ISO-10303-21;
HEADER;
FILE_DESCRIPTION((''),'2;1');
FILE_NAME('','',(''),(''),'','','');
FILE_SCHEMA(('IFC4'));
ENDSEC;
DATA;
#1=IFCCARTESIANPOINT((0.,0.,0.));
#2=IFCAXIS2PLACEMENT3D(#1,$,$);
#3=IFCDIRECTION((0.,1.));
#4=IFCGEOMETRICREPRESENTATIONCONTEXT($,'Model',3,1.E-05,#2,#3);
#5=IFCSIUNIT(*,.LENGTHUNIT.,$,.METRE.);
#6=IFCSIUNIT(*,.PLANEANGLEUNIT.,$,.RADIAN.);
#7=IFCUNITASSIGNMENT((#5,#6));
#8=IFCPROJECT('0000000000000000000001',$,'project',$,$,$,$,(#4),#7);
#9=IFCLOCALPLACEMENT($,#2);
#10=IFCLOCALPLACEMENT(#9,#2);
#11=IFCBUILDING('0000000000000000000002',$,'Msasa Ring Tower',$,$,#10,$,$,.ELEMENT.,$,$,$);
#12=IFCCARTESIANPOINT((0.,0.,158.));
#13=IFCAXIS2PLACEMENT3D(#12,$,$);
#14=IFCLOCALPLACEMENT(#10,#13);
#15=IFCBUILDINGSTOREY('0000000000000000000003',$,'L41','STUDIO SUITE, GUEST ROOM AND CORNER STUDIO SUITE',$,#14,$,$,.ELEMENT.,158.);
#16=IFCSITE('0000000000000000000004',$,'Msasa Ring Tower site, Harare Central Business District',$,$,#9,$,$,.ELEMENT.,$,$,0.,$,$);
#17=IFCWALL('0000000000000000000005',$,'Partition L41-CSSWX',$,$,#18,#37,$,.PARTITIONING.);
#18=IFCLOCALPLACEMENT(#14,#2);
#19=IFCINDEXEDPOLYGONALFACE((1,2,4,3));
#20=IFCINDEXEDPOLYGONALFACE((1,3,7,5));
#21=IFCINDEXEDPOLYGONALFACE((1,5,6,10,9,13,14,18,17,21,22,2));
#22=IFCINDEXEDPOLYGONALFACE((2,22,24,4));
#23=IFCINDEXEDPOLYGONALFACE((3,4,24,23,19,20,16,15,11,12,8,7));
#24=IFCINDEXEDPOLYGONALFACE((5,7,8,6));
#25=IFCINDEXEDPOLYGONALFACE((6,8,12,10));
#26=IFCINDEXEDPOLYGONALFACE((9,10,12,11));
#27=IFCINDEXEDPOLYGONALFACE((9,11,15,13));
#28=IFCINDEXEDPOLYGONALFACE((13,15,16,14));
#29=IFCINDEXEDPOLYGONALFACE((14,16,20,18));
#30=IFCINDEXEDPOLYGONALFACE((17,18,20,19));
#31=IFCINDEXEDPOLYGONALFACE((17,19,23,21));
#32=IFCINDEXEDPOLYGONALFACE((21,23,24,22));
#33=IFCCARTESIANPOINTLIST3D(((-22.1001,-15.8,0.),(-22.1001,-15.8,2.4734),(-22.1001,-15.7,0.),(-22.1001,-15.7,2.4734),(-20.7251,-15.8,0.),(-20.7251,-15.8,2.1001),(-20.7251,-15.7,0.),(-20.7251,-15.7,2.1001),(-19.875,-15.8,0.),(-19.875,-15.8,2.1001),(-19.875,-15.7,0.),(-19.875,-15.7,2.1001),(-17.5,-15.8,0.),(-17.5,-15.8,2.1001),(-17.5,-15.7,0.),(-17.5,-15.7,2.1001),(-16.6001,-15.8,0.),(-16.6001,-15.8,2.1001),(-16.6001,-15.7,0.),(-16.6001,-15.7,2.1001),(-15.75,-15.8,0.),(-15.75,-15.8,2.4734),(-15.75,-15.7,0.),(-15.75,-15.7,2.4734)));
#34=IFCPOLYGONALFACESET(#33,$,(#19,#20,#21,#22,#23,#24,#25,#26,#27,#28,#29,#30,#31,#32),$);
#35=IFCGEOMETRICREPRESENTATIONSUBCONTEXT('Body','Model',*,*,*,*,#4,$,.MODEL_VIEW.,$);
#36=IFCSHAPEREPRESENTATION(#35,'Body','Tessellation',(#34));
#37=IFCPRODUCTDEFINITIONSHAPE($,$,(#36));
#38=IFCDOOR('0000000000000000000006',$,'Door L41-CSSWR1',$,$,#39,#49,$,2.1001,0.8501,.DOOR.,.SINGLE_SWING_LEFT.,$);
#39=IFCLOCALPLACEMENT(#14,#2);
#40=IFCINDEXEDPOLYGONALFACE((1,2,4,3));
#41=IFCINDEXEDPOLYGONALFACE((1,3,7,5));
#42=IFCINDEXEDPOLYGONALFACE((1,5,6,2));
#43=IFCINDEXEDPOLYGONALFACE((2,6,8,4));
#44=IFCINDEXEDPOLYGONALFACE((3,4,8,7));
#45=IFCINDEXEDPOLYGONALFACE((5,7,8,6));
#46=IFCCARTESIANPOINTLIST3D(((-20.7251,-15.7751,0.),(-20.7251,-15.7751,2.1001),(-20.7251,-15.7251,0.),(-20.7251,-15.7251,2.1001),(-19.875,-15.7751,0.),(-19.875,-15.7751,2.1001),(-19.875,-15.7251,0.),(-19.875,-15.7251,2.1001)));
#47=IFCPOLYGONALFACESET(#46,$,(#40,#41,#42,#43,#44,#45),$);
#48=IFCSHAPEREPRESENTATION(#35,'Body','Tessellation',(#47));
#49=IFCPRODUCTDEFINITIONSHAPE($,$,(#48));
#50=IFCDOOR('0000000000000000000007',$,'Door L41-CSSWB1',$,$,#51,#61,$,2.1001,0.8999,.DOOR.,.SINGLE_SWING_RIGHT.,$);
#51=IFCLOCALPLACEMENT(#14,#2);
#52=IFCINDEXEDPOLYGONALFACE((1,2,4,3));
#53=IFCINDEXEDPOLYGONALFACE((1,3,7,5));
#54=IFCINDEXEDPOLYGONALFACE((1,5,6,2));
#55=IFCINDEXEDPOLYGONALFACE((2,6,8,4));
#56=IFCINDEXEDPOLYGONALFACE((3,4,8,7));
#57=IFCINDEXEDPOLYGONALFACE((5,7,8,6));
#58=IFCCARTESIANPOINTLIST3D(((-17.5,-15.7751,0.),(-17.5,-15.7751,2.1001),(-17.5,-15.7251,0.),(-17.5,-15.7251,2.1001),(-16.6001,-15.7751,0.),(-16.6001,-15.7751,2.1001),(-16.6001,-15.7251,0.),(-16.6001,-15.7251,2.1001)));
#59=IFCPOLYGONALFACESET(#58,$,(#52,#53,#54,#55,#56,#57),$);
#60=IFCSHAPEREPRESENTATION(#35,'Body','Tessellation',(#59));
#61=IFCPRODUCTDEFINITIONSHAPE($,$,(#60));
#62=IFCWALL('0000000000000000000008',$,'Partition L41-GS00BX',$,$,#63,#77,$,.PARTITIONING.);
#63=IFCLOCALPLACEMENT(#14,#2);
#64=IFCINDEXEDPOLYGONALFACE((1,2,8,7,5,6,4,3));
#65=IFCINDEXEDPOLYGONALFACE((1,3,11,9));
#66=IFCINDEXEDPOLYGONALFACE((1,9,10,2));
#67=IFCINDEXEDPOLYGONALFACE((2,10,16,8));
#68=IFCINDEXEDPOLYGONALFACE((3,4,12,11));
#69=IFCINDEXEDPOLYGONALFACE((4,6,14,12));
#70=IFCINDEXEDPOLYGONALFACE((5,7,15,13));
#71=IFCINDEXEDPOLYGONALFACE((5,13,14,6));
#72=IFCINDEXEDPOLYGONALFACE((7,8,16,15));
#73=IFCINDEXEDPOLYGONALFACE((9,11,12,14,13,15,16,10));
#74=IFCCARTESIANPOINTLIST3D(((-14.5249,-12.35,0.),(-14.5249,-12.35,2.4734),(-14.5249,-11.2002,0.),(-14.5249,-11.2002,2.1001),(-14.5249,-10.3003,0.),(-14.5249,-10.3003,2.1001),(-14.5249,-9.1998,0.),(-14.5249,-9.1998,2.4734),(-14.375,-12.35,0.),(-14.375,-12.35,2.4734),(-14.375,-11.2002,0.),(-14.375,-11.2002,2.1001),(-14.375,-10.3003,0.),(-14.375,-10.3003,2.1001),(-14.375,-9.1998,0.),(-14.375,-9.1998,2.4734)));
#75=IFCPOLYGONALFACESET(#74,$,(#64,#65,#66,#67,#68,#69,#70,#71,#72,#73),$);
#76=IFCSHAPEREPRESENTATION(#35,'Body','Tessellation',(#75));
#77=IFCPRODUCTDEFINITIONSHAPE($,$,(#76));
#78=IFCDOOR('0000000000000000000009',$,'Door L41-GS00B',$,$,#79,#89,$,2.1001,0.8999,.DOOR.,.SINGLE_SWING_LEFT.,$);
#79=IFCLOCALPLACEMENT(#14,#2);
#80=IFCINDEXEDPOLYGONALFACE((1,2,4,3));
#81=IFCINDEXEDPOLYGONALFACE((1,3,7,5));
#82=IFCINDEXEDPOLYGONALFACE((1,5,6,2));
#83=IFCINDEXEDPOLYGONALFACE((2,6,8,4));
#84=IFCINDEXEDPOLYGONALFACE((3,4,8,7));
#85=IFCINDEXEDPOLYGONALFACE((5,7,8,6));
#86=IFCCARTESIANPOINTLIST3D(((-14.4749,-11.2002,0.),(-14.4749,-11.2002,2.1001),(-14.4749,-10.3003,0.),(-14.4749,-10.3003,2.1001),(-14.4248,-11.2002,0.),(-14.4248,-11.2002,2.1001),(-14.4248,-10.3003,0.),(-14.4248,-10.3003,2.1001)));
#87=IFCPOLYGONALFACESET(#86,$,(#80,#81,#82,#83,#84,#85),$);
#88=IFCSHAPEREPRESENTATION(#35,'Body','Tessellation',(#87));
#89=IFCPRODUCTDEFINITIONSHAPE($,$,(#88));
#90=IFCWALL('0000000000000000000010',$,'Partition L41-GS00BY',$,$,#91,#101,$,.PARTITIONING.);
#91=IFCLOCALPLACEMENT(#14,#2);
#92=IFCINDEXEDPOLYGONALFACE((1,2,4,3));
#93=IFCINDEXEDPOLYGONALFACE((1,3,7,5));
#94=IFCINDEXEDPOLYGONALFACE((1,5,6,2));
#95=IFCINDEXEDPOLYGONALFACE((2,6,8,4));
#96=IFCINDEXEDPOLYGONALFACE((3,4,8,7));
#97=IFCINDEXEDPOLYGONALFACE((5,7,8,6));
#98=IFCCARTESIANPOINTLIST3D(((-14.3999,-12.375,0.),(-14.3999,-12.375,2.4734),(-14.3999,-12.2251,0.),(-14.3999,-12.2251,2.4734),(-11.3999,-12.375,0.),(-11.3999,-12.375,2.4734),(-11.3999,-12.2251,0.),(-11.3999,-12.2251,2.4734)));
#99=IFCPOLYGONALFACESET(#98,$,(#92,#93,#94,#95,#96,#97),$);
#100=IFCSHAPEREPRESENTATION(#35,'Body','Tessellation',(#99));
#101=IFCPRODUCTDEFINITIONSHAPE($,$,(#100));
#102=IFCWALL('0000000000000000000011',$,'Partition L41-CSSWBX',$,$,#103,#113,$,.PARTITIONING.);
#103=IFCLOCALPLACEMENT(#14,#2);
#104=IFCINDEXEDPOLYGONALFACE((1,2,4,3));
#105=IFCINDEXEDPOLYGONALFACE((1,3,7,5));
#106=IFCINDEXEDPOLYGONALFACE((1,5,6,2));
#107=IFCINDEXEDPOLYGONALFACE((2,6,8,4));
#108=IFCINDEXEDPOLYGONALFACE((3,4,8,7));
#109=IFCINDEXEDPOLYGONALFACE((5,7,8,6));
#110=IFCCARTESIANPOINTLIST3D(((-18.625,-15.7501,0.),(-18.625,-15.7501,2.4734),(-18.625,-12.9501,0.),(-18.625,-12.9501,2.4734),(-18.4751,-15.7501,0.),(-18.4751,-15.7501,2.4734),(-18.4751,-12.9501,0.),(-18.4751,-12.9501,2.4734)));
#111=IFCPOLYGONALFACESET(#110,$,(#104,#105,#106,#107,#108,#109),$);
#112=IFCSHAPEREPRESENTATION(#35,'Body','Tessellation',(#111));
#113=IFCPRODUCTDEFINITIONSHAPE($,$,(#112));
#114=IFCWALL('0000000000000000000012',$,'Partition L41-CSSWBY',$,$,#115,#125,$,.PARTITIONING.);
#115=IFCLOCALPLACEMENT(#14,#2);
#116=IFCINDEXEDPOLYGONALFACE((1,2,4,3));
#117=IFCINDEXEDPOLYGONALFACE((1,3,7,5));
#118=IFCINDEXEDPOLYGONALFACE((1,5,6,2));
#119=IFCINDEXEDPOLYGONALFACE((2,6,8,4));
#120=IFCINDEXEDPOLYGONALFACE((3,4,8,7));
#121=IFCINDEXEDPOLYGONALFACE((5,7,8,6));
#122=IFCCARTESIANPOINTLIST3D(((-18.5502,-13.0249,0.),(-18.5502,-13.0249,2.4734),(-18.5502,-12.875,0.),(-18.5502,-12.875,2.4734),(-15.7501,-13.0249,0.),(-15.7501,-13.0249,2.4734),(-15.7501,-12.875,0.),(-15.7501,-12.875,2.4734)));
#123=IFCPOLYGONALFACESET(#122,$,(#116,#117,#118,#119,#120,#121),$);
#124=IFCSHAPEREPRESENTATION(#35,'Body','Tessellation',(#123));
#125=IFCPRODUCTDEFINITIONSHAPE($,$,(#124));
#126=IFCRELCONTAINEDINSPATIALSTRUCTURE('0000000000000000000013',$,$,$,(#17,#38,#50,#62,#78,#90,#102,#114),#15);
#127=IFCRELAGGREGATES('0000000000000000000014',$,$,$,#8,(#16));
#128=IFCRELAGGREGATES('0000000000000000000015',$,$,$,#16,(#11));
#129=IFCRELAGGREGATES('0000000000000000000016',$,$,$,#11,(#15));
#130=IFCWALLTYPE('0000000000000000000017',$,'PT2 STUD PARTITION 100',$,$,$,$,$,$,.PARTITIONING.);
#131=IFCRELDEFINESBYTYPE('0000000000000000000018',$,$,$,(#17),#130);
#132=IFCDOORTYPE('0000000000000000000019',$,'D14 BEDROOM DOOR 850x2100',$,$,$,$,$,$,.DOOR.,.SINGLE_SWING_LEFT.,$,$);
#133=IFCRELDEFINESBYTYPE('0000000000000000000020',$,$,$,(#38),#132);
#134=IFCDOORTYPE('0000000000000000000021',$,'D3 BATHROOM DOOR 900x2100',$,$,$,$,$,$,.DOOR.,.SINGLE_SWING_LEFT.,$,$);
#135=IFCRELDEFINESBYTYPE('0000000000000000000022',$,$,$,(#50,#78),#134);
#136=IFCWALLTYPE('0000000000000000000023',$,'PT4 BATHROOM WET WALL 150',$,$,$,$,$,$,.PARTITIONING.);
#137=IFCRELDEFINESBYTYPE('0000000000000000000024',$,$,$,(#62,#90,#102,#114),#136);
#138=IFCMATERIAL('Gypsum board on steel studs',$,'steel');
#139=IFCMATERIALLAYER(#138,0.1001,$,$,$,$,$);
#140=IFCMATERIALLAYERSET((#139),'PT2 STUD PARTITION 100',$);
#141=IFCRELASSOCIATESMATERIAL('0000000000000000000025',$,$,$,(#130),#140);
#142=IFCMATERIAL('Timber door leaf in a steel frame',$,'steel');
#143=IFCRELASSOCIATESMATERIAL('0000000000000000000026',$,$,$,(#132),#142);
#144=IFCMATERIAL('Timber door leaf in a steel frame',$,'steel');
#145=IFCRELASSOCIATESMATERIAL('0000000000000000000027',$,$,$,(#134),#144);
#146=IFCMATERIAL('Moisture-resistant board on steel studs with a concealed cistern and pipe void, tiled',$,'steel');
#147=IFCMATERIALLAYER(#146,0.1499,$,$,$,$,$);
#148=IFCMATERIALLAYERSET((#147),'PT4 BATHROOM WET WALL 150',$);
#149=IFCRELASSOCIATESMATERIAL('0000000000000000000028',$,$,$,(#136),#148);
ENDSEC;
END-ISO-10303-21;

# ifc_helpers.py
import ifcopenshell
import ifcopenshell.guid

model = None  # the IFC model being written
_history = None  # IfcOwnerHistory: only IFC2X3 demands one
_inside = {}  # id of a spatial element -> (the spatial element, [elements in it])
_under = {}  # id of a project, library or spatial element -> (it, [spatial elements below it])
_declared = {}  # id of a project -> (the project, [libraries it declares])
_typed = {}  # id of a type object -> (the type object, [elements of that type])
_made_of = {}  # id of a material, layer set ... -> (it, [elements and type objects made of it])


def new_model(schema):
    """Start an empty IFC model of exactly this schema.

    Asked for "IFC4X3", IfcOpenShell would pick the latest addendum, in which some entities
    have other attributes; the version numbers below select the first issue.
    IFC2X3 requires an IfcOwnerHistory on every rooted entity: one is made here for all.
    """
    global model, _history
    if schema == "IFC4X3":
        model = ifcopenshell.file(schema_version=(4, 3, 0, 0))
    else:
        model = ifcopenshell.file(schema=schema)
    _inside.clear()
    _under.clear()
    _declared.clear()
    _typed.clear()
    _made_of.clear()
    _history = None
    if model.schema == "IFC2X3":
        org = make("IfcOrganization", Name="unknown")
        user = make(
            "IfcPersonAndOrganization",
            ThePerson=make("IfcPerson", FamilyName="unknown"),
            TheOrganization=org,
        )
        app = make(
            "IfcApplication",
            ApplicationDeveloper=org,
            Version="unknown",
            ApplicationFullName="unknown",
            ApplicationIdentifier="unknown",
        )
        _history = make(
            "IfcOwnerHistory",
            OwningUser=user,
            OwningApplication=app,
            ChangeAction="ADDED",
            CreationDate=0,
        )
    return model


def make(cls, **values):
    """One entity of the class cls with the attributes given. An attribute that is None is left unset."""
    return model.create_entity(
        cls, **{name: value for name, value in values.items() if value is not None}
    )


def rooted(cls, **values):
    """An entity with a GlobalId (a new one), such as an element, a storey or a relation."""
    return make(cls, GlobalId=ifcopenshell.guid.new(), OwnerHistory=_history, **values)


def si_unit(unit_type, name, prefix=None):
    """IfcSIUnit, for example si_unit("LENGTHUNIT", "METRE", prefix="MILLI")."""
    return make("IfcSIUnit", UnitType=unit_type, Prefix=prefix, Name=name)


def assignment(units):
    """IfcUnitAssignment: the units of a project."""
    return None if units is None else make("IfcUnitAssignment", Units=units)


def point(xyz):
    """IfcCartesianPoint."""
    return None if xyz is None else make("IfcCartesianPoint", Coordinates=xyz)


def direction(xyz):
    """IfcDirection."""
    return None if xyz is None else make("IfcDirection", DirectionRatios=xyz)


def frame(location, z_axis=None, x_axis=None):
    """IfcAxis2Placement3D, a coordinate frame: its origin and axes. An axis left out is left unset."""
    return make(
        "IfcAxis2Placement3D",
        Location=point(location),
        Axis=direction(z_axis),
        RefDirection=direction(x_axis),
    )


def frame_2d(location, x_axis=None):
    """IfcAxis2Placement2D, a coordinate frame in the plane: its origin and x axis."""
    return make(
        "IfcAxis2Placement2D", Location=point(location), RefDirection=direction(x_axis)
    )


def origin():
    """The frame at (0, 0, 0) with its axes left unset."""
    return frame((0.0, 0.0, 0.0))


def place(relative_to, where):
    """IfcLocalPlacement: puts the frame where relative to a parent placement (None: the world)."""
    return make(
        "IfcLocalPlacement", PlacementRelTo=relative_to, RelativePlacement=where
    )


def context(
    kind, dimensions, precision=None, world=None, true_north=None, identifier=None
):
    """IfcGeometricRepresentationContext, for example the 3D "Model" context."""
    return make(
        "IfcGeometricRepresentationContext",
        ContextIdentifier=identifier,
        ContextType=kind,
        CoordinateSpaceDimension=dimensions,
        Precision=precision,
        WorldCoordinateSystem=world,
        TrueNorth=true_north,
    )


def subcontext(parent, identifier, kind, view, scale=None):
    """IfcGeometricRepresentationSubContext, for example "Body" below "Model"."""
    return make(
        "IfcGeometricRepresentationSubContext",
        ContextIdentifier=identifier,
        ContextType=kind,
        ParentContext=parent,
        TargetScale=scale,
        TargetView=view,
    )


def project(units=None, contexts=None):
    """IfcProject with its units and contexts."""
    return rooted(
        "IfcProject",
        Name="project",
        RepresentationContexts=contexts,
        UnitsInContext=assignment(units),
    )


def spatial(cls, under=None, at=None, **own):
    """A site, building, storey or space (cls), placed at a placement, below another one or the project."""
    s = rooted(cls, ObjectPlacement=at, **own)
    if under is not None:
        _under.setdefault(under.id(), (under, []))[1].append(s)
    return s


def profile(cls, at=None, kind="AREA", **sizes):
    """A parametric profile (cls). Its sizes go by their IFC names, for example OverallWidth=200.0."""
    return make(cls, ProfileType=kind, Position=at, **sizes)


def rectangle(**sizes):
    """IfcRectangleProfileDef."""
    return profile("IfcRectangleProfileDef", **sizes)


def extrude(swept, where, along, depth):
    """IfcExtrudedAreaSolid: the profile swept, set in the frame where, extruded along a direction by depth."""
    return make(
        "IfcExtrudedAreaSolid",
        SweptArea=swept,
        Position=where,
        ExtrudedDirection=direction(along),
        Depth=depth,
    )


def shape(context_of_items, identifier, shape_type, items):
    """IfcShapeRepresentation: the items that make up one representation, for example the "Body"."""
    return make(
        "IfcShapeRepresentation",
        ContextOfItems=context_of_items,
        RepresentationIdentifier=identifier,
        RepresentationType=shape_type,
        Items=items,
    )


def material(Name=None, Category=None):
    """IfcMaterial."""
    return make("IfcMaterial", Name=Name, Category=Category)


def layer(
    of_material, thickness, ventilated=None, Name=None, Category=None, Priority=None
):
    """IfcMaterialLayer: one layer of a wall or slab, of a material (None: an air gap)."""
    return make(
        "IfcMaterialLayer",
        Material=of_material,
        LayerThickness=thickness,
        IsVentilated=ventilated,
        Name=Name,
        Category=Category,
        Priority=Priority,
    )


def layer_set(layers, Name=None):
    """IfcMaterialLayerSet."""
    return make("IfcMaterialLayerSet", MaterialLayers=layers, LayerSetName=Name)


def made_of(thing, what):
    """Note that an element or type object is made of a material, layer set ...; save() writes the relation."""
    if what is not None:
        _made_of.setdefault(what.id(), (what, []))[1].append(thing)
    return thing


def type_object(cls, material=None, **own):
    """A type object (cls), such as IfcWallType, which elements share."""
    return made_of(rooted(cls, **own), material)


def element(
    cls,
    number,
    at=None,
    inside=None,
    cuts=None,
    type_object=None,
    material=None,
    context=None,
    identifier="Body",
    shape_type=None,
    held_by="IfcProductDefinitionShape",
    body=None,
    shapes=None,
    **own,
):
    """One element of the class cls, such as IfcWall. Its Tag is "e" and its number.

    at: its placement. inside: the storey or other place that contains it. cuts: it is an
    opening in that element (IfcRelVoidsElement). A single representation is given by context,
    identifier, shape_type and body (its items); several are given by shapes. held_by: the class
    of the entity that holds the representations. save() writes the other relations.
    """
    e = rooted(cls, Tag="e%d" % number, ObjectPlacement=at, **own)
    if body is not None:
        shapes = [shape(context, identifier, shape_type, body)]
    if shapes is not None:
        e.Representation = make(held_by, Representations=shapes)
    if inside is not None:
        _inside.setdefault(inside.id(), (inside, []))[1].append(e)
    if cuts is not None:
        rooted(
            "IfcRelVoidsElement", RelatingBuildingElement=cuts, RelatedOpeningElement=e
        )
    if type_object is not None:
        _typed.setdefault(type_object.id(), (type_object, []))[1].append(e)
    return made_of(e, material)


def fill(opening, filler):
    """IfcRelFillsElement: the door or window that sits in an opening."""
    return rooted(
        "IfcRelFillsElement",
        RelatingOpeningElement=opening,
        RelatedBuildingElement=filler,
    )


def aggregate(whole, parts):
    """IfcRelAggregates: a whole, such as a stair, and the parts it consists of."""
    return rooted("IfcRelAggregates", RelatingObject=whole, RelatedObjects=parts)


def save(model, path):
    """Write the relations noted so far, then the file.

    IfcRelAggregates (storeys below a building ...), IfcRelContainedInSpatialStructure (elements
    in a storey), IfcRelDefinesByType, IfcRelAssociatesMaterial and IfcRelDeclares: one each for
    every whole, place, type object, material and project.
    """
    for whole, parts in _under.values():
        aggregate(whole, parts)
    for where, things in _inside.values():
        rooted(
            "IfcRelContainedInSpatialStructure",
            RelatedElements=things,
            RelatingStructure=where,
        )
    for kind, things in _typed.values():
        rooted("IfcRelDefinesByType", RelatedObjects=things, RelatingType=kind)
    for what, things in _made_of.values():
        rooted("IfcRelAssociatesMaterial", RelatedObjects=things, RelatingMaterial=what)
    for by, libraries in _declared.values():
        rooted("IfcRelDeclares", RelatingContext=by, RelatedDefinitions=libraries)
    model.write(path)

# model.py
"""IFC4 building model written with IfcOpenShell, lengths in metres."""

from ifc_helpers import new_model, si_unit, direction, frame, frame_2d, origin, place, context, subcontext, project, spatial, rectangle, extrude, material, layer, layer_set, type_object, element, fill, save


model = new_model("IFC4")

# Units and contexts
model_context = context("Model", 3, precision=1e-05, world=origin(), true_north=direction((0.0, 1.0)))
body_context = subcontext(model_context, "Body", "Model", "MODEL_VIEW")
ifc_project = project(units=[si_unit("LENGTHUNIT", "METRE"), si_unit("PLANEANGLEUNIT", "RADIAN")], contexts=[model_context])

# Site, building, storey
site_placement = place(None, origin())
site = spatial("IfcSite", under=ifc_project, at=site_placement, Name="Msasa Ring Tower site, Harare Central Business District", CompositionType="ELEMENT", RefElevation=0.0)
building_placement = place(site_placement, origin())
building = spatial("IfcBuilding", under=site, at=building_placement, Name="Msasa Ring Tower", CompositionType="ELEMENT")
storey_placement = place(building_placement, frame((0.0, 0.0, 158.0)))
storey = spatial("IfcBuildingStorey", under=building, at=storey_placement, Name="L41", Description="STUDIO SUITE, GUEST ROOM AND CORNER STUDIO SUITE", CompositionType="ELEMENT", Elevation=158.0)

# Wall, openings, doors
ifc_material_1 = material(Name="Gypsum board on steel studs", Category="steel")
ifc_layer_1 = layer(ifc_material_1, 0.1001)
ifc_layer_set_1 = layer_set([ifc_layer_1], Name="PT2 STUD PARTITION 100")
wall_type_1 = type_object("IfcWallType", Name="PT2 STUD PARTITION 100", PredefinedType="PARTITIONING", material=ifc_layer_set_1)
wall_1_placement = place(storey_placement, frame((-22.1001, -15.75, 0.0), z_axis=(0.0, 0.0, 1.0), x_axis=(1.0, 0.0, 0.0)))
wall_1 = element("IfcWall", 1, at=wall_1_placement, inside=storey, type_object=wall_type_1, Name="Partition L41-CSSWX", PredefinedType="PARTITIONING", context=body_context, shape_type="SweptSolid", body=[
    extrude(rectangle(XDim=6.3501, YDim=0.1001, at=frame_2d((3.175, 0.0))), origin(), (0.0, 0.0, 1.0), 2.4734),
])
opening_1_placement = place(wall_1_placement, frame((1.375, 0.0, 0.0)))
opening_1 = element("IfcOpeningElement", 2, at=opening_1_placement, cuts=wall_1, PredefinedType="OPENING", context=body_context, shape_type="SweptSolid", body=[
    extrude(rectangle(XDim=0.8501, YDim=2.1001, at=frame_2d((0.425, 1.05))), frame((0.0, 0.0601, 0.0), z_axis=(0.0, -1.0, 0.0), x_axis=(1.0, 0.0, 0.0)), (0.0, 0.0, 1.0), 0.1201),
])
opening_2_placement = place(wall_1_placement, frame((4.6001, 0.0, 0.0)))
opening_2 = element("IfcOpeningElement", 3, at=opening_2_placement, cuts=wall_1, PredefinedType="OPENING", context=body_context, shape_type="SweptSolid", body=[
    extrude(rectangle(XDim=0.8999, YDim=2.1001, at=frame_2d((0.45, 1.05))), frame((0.0, 0.0601, 0.0), z_axis=(0.0, -1.0, 0.0), x_axis=(1.0, 0.0, 0.0)), (0.0, 0.0, 1.0), 0.1201),
])
ifc_material_2 = material(Name="Timber door leaf in a steel frame", Category="steel")
door_type_1 = type_object("IfcDoorType", Name="D14 BEDROOM DOOR 850x2100", OperationType="SINGLE_SWING_LEFT", PredefinedType="DOOR", material=ifc_material_2)
door_1_placement = place(opening_1_placement, origin())
door_1 = element("IfcDoor", 4, at=door_1_placement, inside=storey, type_object=door_type_1, Name="Door L41-CSSWR1", OperationType="SINGLE_SWING_LEFT", OverallHeight=2.1001, OverallWidth=0.8501, PredefinedType="DOOR", context=body_context, shape_type="SweptSolid", body=[
    extrude(rectangle(XDim=0.8501, YDim=2.1001, at=frame_2d((0.425, 1.05))), frame((0.0, 0.0249, 0.0), z_axis=(0.0, -1.0, 0.0), x_axis=(1.0, 0.0, 0.0)), (0.0, 0.0, 1.0), 0.05),
])
fill(opening_1, door_1)
ifc_material_3 = material(Name="Timber door leaf in a steel frame", Category="steel")
door_type_2 = type_object("IfcDoorType", Name="D3 BATHROOM DOOR 900x2100", OperationType="SINGLE_SWING_LEFT", PredefinedType="DOOR", material=ifc_material_3)
door_2_placement = place(opening_2_placement, origin())
door_2 = element("IfcDoor", 5, at=door_2_placement, inside=storey, type_object=door_type_2, Name="Door L41-CSSWB1", OperationType="SINGLE_SWING_RIGHT", OverallHeight=2.1001, OverallWidth=0.8999, PredefinedType="DOOR", context=body_context, shape_type="SweptSolid", body=[
    extrude(rectangle(XDim=0.8999, YDim=2.1001, at=frame_2d((0.45, 1.05))), frame((0.0, 0.0249, 0.0), z_axis=(0.0, -1.0, 0.0), x_axis=(1.0, 0.0, 0.0)), (0.0, 0.0, 1.0), 0.05),
])
fill(opening_2, door_2)

# Wall, opening, door
ifc_material_4 = material(Name="Moisture-resistant board on steel studs with a concealed cistern and pipe void, tiled", Category="steel")
ifc_layer_2 = layer(ifc_material_4, 0.1499)
ifc_layer_set_2 = layer_set([ifc_layer_2], Name="PT4 BATHROOM WET WALL 150")
wall_type_2 = type_object("IfcWallType", Name="PT4 BATHROOM WET WALL 150", PredefinedType="PARTITIONING", material=ifc_layer_set_2)
wall_2_placement = place(storey_placement, frame((-14.45, -12.3501, 0.0), z_axis=(0.0, 0.0, 1.0), x_axis=(0.0, 1.0, 0.0)))
wall_2 = element("IfcWall", 6, at=wall_2_placement, inside=storey, type_object=wall_type_2, Name="Partition L41-GS00BX", PredefinedType="PARTITIONING", context=body_context, shape_type="SweptSolid", body=[
    extrude(rectangle(XDim=3.1501, YDim=0.1499, at=frame_2d((1.5752, 0.0))), origin(), (0.0, 0.0, 1.0), 2.4734),
])
opening_3_placement = place(wall_2_placement, frame((1.1499, 0.0, 0.0)))
opening_3 = element("IfcOpeningElement", 7, at=opening_3_placement, cuts=wall_2, PredefinedType="OPENING", context=body_context, shape_type="SweptSolid", body=[
    extrude(rectangle(XDim=0.8999, YDim=2.1001, at=frame_2d((0.45, 1.05))), frame((0.0, 0.085, 0.0), z_axis=(0.0, -1.0, 0.0), x_axis=(1.0, 0.0, 0.0)), (0.0, 0.0, 1.0), 0.1699),
])
door_3_placement = place(opening_3_placement, origin())
door_3 = element("IfcDoor", 8, at=door_3_placement, inside=storey, type_object=door_type_2, Name="Door L41-GS00B", OperationType="SINGLE_SWING_LEFT", OverallHeight=2.1001, OverallWidth=0.8999, PredefinedType="DOOR", context=body_context, shape_type="SweptSolid", body=[
    extrude(rectangle(XDim=0.8999, YDim=2.1001, at=frame_2d((0.45, 1.05))), frame((0.0, 0.0249, 0.0), z_axis=(0.0, -1.0, 0.0), x_axis=(1.0, 0.0, 0.0)), (0.0, 0.0, 1.0), 0.05),
])
fill(opening_3, door_3)

# Walls
wall_3_placement = place(storey_placement, frame((-14.3999, -12.3, 0.0), z_axis=(0.0, 0.0, 1.0), x_axis=(1.0, 0.0, 0.0)))
element("IfcWall", 9, at=wall_3_placement, inside=storey, type_object=wall_type_2, Name="Partition L41-GS00BY", PredefinedType="PARTITIONING", context=body_context, shape_type="SweptSolid", body=[
    extrude(rectangle(XDim=3.0, YDim=0.1499, at=frame_2d((1.5, 0.0))), origin(), (0.0, 0.0, 1.0), 2.4734),
])
for number, where, z_axis, x_axis, name in (
    (10, (-18.55, -15.75, 0.0), (0.0, 0.0, 1.0), (0.0, 1.0, 0.0), "Partition L41-CSSWBX"),
    (11, (-18.55, -12.95, 0.0), (0.0, 0.0, 1.0), (1.0, 0.0, 0.0), "Partition L41-CSSWBY"),
):
    element("IfcWall", number, at=place(storey_placement, frame(where, z_axis=z_axis, x_axis=x_axis)), inside=storey, type_object=wall_type_2, Name=name, PredefinedType="PARTITIONING", context=body_context, shape_type="SweptSolid", body=[
        extrude(rectangle(XDim=2.8, YDim=0.1499, at=frame_2d((1.3999, 0.0))), origin(), (0.0, 0.0, 1.0), 2.4734),
    ])

save(model, "model.ifc")
